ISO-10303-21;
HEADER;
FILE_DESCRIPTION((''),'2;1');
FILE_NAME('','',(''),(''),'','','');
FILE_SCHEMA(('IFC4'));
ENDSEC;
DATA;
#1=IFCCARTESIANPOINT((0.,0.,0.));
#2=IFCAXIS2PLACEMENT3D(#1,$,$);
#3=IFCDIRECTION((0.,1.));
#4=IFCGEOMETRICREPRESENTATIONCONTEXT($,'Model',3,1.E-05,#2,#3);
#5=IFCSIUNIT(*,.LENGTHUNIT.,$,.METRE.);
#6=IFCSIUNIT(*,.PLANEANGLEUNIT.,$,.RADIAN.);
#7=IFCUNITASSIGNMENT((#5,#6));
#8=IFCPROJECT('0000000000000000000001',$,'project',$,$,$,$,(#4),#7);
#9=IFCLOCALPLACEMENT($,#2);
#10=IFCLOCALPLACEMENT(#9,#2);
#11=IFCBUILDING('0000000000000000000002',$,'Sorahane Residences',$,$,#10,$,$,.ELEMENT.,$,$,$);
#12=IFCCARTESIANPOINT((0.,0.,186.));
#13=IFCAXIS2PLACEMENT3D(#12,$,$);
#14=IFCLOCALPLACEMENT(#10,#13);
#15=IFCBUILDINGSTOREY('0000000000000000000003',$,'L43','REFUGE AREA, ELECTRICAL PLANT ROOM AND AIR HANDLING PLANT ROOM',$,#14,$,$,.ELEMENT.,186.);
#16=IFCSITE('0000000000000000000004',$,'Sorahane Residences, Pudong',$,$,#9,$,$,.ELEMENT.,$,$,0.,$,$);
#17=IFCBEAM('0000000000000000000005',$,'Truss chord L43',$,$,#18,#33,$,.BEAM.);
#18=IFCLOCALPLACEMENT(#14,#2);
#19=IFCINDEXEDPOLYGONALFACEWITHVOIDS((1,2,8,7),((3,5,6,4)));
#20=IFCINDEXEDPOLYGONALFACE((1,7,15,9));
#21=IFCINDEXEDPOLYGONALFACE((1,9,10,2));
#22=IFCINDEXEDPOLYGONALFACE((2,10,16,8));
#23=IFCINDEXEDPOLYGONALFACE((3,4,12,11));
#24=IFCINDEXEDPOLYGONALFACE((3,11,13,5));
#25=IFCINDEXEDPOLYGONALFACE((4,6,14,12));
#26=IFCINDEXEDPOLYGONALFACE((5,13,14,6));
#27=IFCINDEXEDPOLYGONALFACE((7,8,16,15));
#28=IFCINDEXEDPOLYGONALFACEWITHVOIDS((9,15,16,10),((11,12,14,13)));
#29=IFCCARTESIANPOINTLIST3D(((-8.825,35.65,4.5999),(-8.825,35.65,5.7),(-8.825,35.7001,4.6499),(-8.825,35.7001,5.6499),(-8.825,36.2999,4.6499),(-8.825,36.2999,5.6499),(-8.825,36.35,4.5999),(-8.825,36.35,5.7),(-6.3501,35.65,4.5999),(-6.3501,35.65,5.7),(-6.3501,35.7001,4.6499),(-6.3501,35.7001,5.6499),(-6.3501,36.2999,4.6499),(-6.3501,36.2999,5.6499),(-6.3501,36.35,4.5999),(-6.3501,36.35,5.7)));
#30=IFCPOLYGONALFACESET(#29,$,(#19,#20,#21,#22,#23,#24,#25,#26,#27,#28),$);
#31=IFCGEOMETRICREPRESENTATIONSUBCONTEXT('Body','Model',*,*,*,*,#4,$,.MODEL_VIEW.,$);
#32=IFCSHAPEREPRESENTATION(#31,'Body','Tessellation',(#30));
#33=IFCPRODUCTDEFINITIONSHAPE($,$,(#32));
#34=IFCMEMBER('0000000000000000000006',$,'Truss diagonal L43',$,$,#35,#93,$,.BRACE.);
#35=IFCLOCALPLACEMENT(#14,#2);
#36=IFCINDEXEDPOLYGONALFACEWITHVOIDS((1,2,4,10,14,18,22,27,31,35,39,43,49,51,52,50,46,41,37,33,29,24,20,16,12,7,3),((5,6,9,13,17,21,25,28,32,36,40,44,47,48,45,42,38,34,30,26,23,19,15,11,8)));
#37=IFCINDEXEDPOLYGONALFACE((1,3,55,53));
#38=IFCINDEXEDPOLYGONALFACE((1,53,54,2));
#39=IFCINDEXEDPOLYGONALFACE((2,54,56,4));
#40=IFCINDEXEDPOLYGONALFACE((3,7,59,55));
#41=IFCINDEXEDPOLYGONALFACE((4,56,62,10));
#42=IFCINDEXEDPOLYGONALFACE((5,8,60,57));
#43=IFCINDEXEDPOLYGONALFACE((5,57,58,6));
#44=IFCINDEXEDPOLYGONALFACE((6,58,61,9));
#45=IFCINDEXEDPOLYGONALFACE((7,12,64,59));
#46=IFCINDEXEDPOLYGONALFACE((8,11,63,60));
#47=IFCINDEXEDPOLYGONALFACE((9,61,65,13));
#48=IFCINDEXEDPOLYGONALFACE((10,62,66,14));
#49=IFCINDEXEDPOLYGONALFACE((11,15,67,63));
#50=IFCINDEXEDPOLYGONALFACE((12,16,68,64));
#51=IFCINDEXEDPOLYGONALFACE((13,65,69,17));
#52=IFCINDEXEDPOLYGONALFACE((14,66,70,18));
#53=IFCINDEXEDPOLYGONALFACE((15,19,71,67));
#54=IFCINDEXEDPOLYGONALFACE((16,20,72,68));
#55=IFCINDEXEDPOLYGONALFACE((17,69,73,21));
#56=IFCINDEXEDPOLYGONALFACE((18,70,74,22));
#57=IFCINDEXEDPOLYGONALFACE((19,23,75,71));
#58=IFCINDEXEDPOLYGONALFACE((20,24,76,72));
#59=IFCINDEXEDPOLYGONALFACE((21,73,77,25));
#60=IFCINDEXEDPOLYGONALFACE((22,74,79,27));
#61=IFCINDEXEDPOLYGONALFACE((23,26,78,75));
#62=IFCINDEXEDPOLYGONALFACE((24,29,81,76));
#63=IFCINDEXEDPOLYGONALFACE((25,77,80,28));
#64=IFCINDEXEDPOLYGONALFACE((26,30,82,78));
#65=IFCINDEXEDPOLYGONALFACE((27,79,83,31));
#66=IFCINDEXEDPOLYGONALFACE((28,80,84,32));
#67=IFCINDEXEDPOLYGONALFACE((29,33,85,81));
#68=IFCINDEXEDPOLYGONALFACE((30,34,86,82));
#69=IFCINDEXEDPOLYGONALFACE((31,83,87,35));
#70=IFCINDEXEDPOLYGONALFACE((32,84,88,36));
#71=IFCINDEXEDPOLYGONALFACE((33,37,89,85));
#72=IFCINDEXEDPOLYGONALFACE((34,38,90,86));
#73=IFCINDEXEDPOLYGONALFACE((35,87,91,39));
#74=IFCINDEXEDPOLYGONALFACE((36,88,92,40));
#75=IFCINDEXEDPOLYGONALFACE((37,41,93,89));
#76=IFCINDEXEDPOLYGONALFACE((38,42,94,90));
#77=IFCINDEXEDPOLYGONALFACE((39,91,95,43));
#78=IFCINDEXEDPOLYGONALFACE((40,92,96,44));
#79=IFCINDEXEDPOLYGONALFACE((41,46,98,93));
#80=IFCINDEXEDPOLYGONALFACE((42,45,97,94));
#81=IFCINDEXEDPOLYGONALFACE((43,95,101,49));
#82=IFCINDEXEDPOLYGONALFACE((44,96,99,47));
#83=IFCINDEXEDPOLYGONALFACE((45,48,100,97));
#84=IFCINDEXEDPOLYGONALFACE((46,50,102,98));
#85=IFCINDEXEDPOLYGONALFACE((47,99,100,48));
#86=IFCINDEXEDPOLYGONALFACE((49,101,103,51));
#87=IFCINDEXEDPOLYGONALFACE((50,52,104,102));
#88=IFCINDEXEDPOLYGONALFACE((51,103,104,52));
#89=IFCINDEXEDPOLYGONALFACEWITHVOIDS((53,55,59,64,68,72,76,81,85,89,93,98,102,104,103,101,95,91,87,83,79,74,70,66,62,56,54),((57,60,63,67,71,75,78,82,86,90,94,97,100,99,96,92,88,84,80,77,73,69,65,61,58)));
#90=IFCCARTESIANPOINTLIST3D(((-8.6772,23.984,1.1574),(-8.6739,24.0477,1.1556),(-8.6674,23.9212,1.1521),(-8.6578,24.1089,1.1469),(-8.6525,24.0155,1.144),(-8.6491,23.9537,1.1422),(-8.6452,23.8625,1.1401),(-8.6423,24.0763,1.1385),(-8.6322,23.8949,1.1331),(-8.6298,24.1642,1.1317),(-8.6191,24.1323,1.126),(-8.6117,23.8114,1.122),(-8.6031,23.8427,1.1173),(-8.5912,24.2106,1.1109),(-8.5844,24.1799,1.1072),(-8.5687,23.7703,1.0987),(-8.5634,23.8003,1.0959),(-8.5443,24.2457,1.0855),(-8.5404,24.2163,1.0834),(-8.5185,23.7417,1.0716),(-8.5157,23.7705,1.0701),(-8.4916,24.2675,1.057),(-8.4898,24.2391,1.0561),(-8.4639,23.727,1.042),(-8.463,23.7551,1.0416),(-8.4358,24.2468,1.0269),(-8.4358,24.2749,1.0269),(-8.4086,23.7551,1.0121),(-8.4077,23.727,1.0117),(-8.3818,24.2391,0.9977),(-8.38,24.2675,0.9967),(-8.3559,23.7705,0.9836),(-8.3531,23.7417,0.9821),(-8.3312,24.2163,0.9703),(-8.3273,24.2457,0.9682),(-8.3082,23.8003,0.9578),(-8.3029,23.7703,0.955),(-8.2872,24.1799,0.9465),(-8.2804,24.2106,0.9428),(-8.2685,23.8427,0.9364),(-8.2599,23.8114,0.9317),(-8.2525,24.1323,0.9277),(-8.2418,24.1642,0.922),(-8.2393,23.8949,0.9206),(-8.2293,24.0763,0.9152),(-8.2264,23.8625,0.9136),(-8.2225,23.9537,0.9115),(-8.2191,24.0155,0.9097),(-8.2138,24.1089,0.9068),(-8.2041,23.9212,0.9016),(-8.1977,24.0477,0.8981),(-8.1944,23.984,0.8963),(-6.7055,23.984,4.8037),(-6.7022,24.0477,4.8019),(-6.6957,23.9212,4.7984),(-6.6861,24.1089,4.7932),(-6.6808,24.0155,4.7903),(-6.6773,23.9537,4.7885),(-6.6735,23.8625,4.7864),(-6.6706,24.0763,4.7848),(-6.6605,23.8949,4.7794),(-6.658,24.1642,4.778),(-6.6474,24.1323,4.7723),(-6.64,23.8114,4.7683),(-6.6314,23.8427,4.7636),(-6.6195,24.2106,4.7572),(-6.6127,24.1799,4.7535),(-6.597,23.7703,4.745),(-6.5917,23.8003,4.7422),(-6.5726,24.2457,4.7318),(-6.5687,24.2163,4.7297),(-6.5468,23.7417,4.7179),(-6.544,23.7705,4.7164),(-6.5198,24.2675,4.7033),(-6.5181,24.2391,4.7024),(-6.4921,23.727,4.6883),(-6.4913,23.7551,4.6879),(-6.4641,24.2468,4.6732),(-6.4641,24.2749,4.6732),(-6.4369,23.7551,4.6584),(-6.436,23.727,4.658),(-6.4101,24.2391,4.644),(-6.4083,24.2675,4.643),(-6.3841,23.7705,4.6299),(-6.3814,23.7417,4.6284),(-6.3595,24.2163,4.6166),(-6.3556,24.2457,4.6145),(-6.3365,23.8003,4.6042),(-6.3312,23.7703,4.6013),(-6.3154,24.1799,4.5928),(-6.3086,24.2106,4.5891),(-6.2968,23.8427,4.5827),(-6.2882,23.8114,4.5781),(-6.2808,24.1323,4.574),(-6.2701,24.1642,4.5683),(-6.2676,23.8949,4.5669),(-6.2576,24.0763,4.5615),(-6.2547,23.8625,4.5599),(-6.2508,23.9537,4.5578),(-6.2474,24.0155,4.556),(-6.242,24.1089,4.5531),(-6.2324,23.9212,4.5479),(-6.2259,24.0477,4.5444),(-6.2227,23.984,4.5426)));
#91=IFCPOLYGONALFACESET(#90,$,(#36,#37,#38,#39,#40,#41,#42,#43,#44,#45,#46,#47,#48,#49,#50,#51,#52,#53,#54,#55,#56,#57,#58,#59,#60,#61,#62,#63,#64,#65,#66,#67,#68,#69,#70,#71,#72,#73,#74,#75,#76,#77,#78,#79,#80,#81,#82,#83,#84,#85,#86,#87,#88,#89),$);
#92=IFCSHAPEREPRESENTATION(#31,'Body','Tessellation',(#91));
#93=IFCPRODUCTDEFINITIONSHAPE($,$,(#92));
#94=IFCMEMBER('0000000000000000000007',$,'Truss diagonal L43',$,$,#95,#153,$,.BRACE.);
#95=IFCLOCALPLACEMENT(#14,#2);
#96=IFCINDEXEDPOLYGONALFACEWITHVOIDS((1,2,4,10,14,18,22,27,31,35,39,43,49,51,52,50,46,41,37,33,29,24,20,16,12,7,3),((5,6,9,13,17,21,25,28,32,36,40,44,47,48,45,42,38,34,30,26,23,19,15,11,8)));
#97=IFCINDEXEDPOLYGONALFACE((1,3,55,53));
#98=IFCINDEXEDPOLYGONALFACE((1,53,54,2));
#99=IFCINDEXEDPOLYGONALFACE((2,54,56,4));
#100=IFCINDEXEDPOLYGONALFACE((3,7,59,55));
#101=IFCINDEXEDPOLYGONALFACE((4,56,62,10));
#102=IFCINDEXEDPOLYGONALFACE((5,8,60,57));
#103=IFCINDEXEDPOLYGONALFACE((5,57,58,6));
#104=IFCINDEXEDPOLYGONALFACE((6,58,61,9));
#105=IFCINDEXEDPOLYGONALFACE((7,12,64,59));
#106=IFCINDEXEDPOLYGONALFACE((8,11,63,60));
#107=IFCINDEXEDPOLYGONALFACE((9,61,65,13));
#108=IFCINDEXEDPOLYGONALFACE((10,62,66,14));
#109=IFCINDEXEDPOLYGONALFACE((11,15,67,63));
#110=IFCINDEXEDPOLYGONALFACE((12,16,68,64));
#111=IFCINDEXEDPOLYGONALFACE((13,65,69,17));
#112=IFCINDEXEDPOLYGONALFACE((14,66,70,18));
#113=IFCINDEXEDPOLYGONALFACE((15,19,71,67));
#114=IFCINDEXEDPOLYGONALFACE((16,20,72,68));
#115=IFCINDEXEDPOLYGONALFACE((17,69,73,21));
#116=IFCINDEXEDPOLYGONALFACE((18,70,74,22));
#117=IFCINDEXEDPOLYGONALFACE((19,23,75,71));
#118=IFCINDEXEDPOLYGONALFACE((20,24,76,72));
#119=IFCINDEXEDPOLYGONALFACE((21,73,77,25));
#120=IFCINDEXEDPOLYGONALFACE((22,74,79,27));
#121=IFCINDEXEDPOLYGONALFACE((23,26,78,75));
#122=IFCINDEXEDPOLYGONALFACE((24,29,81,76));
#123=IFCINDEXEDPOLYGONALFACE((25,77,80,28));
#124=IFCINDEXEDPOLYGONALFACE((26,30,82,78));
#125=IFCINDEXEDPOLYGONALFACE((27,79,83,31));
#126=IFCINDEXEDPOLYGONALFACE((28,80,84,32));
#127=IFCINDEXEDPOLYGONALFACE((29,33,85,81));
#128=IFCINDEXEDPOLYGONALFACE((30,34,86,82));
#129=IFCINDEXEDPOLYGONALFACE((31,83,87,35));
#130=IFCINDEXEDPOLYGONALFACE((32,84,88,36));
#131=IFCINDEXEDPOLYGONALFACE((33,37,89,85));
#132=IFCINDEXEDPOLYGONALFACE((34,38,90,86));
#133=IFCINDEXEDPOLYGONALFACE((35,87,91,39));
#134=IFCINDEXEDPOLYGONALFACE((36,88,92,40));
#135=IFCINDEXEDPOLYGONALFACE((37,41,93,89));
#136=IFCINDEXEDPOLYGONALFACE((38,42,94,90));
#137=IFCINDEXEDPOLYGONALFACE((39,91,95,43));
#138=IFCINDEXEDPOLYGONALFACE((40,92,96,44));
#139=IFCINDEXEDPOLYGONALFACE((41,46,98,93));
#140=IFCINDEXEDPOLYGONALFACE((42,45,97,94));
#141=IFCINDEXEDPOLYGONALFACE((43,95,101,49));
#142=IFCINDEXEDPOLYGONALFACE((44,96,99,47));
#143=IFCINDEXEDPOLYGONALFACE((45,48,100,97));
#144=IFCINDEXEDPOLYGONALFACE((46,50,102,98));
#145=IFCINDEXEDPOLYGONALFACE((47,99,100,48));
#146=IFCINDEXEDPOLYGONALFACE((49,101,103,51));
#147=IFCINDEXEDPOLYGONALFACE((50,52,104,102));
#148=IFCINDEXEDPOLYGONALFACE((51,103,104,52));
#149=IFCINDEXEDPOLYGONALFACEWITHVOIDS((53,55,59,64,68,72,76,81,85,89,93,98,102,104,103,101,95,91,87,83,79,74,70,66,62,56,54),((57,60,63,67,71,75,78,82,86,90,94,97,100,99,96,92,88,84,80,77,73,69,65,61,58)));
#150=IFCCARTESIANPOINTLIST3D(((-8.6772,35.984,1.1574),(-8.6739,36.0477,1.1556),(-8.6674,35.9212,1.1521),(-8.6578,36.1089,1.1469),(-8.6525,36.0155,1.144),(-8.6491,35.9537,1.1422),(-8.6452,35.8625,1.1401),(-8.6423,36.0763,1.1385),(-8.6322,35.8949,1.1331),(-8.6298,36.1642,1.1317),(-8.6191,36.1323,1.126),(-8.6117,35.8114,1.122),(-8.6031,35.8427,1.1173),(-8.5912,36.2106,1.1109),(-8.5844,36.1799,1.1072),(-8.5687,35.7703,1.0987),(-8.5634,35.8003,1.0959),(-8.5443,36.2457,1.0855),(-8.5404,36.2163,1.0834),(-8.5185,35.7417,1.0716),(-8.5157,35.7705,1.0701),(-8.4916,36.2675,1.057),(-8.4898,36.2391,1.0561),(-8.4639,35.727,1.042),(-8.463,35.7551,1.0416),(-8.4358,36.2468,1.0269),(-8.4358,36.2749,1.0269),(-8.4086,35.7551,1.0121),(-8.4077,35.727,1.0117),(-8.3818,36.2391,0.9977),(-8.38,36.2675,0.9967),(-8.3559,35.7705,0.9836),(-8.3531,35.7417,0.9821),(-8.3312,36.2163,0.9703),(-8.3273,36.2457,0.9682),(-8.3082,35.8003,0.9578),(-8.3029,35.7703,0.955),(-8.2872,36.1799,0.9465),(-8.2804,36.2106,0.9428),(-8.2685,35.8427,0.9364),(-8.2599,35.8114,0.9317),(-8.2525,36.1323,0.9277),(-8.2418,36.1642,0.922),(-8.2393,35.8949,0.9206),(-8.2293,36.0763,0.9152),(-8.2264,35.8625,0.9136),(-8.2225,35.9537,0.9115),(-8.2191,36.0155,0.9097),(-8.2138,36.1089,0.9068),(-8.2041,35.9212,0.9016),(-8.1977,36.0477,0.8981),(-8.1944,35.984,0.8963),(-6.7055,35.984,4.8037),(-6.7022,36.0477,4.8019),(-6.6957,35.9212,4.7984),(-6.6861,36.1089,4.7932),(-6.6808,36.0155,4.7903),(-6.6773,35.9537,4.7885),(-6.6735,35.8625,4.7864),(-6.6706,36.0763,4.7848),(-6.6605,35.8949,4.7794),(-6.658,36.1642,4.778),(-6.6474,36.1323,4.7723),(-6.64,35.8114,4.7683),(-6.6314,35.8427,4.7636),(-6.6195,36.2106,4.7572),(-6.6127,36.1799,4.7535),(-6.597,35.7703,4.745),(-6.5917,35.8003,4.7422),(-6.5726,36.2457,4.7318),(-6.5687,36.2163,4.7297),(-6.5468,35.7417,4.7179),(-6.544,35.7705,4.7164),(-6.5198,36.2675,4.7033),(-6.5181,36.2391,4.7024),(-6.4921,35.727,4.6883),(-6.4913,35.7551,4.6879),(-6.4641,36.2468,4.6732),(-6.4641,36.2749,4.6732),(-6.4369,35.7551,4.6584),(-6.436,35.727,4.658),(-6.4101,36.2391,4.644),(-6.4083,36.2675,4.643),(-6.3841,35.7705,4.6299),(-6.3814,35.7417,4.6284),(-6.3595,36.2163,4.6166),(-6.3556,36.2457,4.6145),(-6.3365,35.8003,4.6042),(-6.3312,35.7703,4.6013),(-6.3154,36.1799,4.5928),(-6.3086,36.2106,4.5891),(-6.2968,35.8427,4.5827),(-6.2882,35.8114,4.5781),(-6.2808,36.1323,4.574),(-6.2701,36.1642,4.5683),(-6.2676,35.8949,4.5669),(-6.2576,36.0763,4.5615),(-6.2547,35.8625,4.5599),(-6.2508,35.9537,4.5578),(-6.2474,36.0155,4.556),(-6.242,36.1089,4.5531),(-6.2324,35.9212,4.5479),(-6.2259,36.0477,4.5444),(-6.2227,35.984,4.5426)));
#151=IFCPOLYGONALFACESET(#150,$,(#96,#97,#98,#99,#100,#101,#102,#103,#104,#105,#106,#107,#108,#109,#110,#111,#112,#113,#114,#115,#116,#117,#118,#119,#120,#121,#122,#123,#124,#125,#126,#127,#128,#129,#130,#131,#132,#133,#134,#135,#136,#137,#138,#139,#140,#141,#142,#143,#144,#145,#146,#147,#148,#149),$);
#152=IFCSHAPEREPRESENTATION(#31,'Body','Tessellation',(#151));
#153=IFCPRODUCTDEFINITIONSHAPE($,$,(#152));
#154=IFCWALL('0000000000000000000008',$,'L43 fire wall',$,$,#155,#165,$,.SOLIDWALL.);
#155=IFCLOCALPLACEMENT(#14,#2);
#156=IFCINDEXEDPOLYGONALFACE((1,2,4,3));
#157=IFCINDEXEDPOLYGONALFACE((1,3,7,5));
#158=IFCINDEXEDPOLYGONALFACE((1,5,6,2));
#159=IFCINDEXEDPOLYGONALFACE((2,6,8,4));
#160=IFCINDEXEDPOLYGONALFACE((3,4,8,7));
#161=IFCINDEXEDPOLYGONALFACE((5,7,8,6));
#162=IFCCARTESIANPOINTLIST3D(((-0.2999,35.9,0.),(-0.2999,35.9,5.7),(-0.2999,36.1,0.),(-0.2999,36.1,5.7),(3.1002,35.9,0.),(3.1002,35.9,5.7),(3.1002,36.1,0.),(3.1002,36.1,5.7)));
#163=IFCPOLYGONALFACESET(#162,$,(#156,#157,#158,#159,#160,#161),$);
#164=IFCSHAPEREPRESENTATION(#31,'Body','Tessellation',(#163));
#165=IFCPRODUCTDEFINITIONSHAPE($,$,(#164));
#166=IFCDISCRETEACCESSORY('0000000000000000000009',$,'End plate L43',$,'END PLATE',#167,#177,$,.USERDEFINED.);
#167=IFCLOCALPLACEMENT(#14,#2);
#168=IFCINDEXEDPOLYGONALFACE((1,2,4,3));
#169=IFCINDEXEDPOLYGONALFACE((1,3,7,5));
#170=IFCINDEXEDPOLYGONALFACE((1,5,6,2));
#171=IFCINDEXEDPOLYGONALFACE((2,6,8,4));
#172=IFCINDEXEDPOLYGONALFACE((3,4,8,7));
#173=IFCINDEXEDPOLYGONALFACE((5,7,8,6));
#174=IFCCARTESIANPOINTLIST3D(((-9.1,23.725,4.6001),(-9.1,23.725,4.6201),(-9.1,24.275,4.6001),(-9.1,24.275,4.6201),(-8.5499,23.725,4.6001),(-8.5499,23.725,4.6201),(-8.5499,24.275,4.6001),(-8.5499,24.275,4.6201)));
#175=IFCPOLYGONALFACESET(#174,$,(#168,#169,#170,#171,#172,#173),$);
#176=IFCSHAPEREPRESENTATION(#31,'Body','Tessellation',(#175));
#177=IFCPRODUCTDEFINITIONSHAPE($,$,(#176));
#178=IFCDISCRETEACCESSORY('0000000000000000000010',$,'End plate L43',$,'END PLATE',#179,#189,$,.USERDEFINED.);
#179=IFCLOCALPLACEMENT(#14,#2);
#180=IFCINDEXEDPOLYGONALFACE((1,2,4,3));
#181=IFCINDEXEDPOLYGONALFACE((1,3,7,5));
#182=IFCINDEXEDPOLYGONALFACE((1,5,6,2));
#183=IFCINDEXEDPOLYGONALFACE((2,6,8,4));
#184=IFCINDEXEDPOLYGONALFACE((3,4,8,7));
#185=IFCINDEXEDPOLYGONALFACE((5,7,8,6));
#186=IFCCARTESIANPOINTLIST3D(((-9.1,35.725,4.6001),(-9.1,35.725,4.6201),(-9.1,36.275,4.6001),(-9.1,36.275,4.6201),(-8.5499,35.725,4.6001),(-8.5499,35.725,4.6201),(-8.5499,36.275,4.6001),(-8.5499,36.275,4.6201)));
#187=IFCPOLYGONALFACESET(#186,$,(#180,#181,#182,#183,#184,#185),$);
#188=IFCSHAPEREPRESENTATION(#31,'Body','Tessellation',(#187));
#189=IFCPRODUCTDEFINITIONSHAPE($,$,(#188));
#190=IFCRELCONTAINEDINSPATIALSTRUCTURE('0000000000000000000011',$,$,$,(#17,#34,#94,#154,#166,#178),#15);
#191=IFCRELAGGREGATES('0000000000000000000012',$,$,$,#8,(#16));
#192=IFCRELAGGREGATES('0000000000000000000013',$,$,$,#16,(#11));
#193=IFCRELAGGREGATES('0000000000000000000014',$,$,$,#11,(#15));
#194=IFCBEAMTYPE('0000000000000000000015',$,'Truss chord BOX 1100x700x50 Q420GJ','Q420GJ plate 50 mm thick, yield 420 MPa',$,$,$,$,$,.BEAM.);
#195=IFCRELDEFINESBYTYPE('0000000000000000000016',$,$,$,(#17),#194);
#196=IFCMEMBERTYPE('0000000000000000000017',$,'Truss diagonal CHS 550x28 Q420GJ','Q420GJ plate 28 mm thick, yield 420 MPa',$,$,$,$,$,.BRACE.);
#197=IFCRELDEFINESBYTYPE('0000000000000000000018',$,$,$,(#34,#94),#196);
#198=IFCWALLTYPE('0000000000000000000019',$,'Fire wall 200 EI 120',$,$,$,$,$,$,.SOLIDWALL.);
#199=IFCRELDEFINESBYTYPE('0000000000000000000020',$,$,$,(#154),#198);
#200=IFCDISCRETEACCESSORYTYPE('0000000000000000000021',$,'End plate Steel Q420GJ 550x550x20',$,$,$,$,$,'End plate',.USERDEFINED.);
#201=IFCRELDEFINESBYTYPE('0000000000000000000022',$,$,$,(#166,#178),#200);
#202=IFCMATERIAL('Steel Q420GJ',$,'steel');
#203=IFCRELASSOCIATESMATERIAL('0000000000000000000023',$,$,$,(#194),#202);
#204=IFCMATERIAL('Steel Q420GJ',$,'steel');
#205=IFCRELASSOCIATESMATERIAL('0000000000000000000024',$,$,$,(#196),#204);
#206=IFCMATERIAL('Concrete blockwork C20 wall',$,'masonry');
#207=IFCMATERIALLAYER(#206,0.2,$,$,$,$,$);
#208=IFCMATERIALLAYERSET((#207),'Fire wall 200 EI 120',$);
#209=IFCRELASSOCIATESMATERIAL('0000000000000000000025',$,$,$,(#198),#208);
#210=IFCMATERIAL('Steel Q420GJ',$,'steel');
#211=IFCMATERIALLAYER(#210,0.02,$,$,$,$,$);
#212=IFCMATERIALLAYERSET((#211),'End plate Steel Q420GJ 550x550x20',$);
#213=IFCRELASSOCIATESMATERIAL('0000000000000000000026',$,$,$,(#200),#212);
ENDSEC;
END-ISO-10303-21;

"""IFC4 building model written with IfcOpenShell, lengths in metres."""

from ifc_helpers import new_model, si_unit, direction, frame, frame_2d, origin, origin_2d, place, context, subcontext, project, spatial, rectangle, hollow_rectangle, hollow_circle, extrude, material, layer, layer_set, material_profile, profile_set, type_object, element, save


model = new_model("IFC4")

# Units and contexts
model_context = context("Model", 3, precision=1e-05, world=origin(), true_north=direction((0.0, 1.0)))
body_context = subcontext(model_context, "Body", "Model", "MODEL_VIEW")
ifc_project = project(units=[si_unit("LENGTHUNIT", "METRE"), si_unit("PLANEANGLEUNIT", "RADIAN")], contexts=[model_context])

# Site, building, storey
site_placement = place(None, origin())
site = spatial("IfcSite", under=ifc_project, at=site_placement, Name="Sorahane Residences, Pudong", CompositionType="ELEMENT", RefElevation=0.0)
building_placement = place(site_placement, origin())
building = spatial("IfcBuilding", under=site, at=building_placement, Name="Sorahane Residences", CompositionType="ELEMENT")
storey_placement = place(building_placement, frame((0.0, 0.0, 186.0)))
storey = spatial("IfcBuildingStorey", under=building, at=storey_placement, Name="L43", Description="REFUGE AREA, ELECTRICAL PLANT ROOM AND AIR HANDLING PLANT ROOM", CompositionType="ELEMENT", Elevation=186.0)

# Beam
ifc_material_1 = material(Name="Steel Q420GJ", Category="steel")
ifc_material_profile_1 = material_profile(ifc_material_1, hollow_rectangle(XDim=0.7, YDim=1.1001, WallThickness=0.05, at=origin_2d()), Name="BOX 1100x700x50")
ifc_profile_set_1 = profile_set([ifc_material_profile_1], Name="Steel Q420GJ")
beam_type_1 = type_object("IfcBeamType", Name="Truss chord BOX 1100x700x50 Q420GJ", Description="Q420GJ plate 50 mm thick, yield 420 MPa", PredefinedType="BEAM", material=ifc_profile_set_1)
beam_1_placement = place(storey_placement, frame((-8.825, 36.0, 5.1499), z_axis=(1.0, 0.0, 0.0), x_axis=(0.0, 1.0, 0.0)))
element("IfcBeam", 1, at=beam_1_placement, inside=storey, type_object=beam_type_1, Name="Truss chord L43", PredefinedType="BEAM", context=body_context, shape_type="SweptSolid", body=[
    extrude(hollow_rectangle(XDim=0.7, YDim=1.1001, WallThickness=0.05, at=origin_2d()), origin(), (0.0, 0.0, 1.0), 2.4749),
])

# Members
ifc_material_2 = material(Name="Steel Q420GJ", Category="steel")
ifc_material_profile_2 = material_profile(ifc_material_2, hollow_circle(Radius=0.2749, WallThickness=0.0281, at=origin_2d()), Name="CHS 550x28")
ifc_profile_set_2 = profile_set([ifc_material_profile_2], Name="Steel Q420GJ")
member_type = type_object("IfcMemberType", Name="Truss diagonal CHS 550x28 Q420GJ", Description="Q420GJ plate 28 mm thick, yield 420 MPa", PredefinedType="BRACE", material=ifc_profile_set_2)
for number, where, z_axis, x_axis, name in (
    (2, (-8.4358, 24.0, 1.0269), (0.475655, 0.0, 0.879632), (0.0, 1.0, 0.0), "Truss diagonal L43"),
    (3, (-8.4358, 36.0, 1.0269), (0.475655, 0.0, 0.879632), (0.0, 1.0, 0.0), "Truss diagonal L43"),
):
    element("IfcMember", number, at=place(storey_placement, frame(where, z_axis=z_axis, x_axis=x_axis)), inside=storey, type_object=member_type, Name=name, PredefinedType="BRACE", context=body_context, shape_type="SweptSolid", body=[
        extrude(hollow_circle(Radius=0.2749, WallThickness=0.0281, at=origin_2d()), origin(), (0.0, 0.0, 1.0), 4.1453),
    ])

# Shared definitions
ifc_material_3 = material(Name="Concrete blockwork C20 wall", Category="masonry")
ifc_layer_1 = layer(ifc_material_3, 0.2)
ifc_layer_set_1 = layer_set([ifc_layer_1], Name="Fire wall 200 EI 120")
wall_type = type_object("IfcWallType", Name="Fire wall 200 EI 120", PredefinedType="SOLIDWALL", material=ifc_layer_set_1)

# Wall
wall_1_placement = place(storey_placement, frame((-0.3, 36.0, 0.0), z_axis=(0.0, 0.0, 1.0), x_axis=(1.0, 0.0, 0.0)))
element("IfcWall", 4, at=wall_1_placement, inside=storey, type_object=wall_type, Name="L43 fire wall", PredefinedType="SOLIDWALL", context=body_context, shape_type="SweptSolid", body=[
    extrude(rectangle(XDim=3.4001, YDim=0.2, at=frame_2d((1.7002, 0.0))), origin(), (0.0, 0.0, 1.0), 5.7),
])

# Discrete accessories
ifc_material_4 = material(Name="Steel Q420GJ", Category="steel")
ifc_layer_2 = layer(ifc_material_4, 0.02)
ifc_layer_set_2 = layer_set([ifc_layer_2], Name="End plate Steel Q420GJ 550x550x20")
discrete_accessory_type_1 = type_object("IfcDiscreteAccessoryType", Name="End plate Steel Q420GJ 550x550x20", ElementType="End plate", PredefinedType="USERDEFINED", material=ifc_layer_set_2)
for number, where, z_axis, x_axis, name in (
    (5, (-8.825, 24.0, 4.6001), (0.0, 0.0, 1.0), (1.0, 0.0, 0.0), "End plate L43"),
    (6, (-8.825, 36.0, 4.6001), (0.0, 0.0, 1.0), (1.0, 0.0, 0.0), "End plate L43"),
):
    element("IfcDiscreteAccessory", number, at=place(storey_placement, frame(where, z_axis=z_axis, x_axis=x_axis)), inside=storey, type_object=discrete_accessory_type_1, Name=name, ObjectType="END PLATE", PredefinedType="USERDEFINED", context=body_context, shape_type="SweptSolid", body=[
        extrude(rectangle(XDim=0.55, YDim=0.55, at=origin_2d()), origin(), (0.0, 0.0, 1.0), 0.02),
    ])

save(model, "model.ifc")
